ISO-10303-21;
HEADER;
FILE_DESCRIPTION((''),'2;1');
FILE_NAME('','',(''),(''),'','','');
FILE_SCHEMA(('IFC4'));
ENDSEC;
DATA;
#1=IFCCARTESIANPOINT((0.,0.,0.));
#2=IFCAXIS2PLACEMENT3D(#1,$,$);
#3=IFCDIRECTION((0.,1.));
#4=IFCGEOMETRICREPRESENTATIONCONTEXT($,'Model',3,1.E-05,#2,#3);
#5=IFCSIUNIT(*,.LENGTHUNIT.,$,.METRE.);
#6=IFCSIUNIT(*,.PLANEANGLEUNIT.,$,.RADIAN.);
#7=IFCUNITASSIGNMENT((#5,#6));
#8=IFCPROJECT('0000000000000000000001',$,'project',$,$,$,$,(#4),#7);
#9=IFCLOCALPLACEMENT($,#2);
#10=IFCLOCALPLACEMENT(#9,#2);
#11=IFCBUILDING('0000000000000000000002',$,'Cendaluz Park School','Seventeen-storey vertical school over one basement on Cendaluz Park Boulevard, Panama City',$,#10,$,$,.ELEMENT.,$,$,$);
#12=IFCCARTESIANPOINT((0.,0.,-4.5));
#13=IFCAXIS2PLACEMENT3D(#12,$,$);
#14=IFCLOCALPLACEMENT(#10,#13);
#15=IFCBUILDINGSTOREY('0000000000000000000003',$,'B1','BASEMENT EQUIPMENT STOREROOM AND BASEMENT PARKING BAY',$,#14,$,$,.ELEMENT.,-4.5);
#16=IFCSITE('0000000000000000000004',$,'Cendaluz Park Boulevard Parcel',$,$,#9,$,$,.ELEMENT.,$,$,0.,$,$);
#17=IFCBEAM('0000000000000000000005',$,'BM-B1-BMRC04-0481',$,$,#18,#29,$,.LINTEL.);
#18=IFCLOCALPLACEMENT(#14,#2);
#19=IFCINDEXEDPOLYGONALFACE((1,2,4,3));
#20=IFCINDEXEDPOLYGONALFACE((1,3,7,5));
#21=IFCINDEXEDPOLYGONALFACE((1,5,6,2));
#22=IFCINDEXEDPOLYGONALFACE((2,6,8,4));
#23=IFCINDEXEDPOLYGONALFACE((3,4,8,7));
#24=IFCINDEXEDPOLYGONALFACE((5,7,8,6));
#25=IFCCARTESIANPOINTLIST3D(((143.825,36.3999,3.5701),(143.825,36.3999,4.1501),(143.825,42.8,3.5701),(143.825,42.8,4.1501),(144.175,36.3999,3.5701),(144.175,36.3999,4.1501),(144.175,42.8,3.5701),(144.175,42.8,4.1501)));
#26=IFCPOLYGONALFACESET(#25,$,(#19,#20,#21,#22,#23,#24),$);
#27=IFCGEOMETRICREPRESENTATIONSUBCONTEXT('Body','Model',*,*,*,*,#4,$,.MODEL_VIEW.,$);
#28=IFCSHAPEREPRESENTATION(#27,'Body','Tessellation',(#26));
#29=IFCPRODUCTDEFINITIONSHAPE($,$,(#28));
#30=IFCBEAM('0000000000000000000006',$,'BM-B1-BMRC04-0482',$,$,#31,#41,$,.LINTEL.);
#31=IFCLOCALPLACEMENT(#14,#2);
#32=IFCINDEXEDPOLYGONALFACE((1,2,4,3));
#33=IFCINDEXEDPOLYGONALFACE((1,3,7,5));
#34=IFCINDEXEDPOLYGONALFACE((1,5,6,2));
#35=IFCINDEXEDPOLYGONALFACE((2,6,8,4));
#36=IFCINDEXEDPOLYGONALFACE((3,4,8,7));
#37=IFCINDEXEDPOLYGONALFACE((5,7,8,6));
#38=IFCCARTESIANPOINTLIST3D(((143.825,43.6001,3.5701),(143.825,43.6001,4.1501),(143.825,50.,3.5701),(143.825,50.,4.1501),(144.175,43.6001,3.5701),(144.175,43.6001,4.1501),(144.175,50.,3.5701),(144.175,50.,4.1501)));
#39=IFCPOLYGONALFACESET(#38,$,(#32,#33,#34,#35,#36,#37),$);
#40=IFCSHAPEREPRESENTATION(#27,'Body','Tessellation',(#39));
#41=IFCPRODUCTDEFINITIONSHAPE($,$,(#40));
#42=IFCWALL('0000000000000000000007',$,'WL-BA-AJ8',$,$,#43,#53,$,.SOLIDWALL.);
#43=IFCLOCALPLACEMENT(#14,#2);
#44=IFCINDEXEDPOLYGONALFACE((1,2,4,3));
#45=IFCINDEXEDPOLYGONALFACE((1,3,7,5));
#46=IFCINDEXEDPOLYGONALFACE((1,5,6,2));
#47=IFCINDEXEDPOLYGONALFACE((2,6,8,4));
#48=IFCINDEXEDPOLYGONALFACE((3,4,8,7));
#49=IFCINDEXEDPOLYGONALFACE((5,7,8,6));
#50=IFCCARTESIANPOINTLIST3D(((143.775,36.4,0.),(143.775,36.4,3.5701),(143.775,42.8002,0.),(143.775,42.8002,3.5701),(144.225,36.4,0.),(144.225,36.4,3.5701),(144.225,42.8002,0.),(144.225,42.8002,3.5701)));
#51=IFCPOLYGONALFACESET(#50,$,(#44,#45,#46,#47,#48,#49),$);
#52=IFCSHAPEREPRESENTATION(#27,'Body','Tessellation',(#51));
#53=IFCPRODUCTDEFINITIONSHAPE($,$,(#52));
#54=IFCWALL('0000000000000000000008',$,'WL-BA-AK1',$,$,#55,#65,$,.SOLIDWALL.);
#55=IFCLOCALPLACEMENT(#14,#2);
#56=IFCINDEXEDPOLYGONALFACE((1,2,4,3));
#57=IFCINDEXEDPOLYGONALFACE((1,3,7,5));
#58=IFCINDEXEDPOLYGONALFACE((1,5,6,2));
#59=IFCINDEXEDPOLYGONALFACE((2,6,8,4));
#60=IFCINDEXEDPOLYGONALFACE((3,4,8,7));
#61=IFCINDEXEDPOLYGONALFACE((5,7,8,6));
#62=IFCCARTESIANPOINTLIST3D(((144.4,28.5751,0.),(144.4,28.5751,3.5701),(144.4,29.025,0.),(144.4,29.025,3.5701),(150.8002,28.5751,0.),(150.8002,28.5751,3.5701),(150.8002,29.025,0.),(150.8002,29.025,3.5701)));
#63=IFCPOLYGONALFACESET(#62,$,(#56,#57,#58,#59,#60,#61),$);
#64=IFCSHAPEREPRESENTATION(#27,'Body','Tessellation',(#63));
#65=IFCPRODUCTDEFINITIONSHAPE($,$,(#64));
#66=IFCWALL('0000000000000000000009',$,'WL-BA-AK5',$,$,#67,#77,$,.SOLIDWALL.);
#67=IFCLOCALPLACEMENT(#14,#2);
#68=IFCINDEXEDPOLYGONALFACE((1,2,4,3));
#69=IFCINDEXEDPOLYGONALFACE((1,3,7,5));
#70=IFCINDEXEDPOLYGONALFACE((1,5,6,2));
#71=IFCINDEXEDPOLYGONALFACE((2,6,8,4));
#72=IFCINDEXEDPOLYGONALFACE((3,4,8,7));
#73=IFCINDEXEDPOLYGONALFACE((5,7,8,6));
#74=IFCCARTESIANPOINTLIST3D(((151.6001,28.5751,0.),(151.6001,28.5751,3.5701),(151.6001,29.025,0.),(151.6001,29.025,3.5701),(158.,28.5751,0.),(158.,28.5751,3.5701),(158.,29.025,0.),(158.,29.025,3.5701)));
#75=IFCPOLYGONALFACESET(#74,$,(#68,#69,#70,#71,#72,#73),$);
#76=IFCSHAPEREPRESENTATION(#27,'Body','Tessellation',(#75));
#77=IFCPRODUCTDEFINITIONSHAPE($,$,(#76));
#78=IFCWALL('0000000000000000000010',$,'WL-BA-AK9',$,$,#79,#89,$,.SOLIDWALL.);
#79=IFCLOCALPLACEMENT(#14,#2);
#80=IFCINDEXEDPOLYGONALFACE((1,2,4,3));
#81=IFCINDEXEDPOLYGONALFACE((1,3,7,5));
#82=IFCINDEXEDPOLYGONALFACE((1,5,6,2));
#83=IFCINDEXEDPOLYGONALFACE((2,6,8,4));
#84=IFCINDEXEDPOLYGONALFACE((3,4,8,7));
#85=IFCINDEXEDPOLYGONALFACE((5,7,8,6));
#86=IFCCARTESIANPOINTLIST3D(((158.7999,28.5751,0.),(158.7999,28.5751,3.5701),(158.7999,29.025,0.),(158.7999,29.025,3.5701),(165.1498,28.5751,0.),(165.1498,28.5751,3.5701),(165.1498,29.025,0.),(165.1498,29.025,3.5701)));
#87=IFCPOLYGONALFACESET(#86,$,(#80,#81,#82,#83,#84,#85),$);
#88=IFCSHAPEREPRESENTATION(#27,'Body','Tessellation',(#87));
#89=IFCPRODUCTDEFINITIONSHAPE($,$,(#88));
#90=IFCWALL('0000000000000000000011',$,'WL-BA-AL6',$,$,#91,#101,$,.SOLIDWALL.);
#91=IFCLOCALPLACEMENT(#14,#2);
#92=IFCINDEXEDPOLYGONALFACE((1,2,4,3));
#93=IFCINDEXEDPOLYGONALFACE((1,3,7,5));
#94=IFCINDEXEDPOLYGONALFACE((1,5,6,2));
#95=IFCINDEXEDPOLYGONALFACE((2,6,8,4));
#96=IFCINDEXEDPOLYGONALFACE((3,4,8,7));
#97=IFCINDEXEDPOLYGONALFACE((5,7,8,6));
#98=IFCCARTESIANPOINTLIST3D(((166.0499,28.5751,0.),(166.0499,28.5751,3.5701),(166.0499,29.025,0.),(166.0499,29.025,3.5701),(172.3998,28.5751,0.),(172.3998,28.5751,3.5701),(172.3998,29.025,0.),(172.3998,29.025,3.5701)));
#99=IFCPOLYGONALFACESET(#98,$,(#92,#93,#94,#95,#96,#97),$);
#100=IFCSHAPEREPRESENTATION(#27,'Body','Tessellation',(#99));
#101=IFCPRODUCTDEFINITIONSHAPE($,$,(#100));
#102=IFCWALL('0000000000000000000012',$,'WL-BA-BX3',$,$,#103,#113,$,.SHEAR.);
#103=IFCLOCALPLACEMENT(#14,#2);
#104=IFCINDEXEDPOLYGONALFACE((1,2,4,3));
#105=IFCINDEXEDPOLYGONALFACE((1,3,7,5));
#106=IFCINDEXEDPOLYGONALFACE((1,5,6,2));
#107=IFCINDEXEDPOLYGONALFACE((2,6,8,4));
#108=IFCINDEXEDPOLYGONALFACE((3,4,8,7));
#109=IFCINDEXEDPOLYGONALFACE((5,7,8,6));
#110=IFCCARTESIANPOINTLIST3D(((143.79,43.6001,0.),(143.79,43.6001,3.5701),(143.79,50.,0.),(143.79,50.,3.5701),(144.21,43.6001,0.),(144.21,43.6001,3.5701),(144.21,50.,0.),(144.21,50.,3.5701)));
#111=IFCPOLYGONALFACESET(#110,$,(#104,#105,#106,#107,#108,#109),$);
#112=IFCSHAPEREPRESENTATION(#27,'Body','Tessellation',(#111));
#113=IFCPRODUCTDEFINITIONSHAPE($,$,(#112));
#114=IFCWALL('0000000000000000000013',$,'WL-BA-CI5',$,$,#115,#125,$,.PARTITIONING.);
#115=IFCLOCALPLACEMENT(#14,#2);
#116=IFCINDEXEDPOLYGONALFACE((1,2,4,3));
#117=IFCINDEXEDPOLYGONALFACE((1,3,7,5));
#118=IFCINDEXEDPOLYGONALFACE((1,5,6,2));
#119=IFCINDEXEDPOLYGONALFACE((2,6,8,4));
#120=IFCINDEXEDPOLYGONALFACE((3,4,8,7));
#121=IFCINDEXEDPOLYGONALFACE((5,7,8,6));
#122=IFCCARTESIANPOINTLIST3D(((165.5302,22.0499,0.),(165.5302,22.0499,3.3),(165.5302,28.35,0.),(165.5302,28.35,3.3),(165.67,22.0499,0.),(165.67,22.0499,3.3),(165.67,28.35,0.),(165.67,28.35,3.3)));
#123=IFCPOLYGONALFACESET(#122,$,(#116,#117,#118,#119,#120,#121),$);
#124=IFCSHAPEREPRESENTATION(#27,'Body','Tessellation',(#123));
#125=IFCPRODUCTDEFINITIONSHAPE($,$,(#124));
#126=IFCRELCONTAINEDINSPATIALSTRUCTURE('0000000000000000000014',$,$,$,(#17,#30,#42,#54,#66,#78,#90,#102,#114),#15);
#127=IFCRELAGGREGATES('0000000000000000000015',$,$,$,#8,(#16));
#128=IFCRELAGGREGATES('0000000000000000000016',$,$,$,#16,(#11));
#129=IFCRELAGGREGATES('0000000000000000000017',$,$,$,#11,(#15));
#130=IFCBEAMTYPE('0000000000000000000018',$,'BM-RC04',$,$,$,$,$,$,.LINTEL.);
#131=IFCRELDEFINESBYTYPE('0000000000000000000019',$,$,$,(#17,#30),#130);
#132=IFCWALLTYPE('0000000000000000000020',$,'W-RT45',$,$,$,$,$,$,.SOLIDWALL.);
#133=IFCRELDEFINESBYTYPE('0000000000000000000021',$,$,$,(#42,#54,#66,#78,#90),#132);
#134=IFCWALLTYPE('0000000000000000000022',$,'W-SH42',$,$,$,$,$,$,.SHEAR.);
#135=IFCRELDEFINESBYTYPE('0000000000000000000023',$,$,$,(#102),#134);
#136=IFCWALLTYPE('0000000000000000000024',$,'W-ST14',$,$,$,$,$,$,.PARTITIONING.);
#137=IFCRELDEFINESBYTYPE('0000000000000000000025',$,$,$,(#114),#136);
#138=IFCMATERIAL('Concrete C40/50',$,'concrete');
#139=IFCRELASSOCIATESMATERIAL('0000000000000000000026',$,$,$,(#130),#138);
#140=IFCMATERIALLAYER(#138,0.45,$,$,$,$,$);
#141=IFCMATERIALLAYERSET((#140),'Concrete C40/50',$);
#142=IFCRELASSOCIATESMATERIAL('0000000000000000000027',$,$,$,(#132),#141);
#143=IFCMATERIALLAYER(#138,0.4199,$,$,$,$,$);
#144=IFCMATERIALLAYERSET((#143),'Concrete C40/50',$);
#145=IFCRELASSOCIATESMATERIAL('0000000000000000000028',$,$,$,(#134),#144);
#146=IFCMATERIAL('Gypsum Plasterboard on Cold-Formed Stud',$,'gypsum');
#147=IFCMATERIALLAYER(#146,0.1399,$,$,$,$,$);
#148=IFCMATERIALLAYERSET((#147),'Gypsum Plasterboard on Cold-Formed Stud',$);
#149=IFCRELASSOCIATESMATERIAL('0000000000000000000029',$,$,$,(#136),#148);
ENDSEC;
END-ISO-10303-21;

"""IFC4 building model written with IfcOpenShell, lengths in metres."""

from ifc_helpers import new_model, si_unit, direction, frame, frame_2d, origin, origin_2d, place, context, subcontext, project, spatial, rectangle, extrude, material, layer, layer_set, material_profile, profile_set, type_object, element, save


model = new_model("IFC4")

# Units and contexts
model_context = context("Model", 3, precision=1e-05, world=origin(), true_north=direction((0.0, 1.0)))
body_context = subcontext(model_context, "Body", "Model", "MODEL_VIEW")
ifc_project = project(units=[si_unit("LENGTHUNIT", "METRE"), si_unit("PLANEANGLEUNIT", "RADIAN")], contexts=[model_context])

# Site, building, storey
site_placement = place(None, origin())
site = spatial("IfcSite", under=ifc_project, at=site_placement, Name="Cendaluz Park Boulevard Parcel", CompositionType="ELEMENT", RefElevation=0.0)
building_placement = place(site_placement, origin())
building = spatial("IfcBuilding", under=site, at=building_placement, Name="Cendaluz Park School", Description="Seventeen-storey vertical school over one basement on Cendaluz Park Boulevard, Panama City", CompositionType="ELEMENT")
storey_placement = place(building_placement, frame((0.0, 0.0, -4.5)))
storey = spatial("IfcBuildingStorey", under=building, at=storey_placement, Name="B1", Description="BASEMENT EQUIPMENT STOREROOM AND BASEMENT PARKING BAY", CompositionType="ELEMENT", Elevation=-4.5)

# Shared definitions
ifc_material_1 = material(Name="Concrete C40/50", Category="concrete")

# Beams
ifc_material_profile_1 = material_profile(ifc_material_1, rectangle(XDim=0.3501, YDim=0.5801, at=origin_2d()), Name="RC 350x580", Category="concrete")
ifc_profile_set_1 = profile_set([ifc_material_profile_1], Name="Concrete C40/50")
beam_type_1 = type_object("IfcBeamType", Name="BM-RC04", PredefinedType="LINTEL", material=ifc_profile_set_1)
beam_1_placement = place(storey_placement, frame((144.0, 36.3999, 3.8601), z_axis=(0.0, 1.0, 0.0), x_axis=(-1.0, 0.0, 0.0)))
element("IfcBeam", 1, at=beam_1_placement, inside=storey, type_object=beam_type_1, Name="BM-B1-BMRC04-0481", PredefinedType="LINTEL", context=body_context, shape_type="SweptSolid", body=[
    extrude(rectangle(XDim=0.3501, YDim=0.5801, at=origin_2d()), origin(), (0.0, 0.0, 1.0), 6.4001),
])
beam_2_placement = place(storey_placement, frame((144.0, 43.6001, 3.8601), z_axis=(0.0, 1.0, 0.0), x_axis=(-1.0, 0.0, 0.0)))
element("IfcBeam", 2, at=beam_2_placement, inside=storey, type_object=beam_type_1, Name="BM-B1-BMRC04-0482", PredefinedType="LINTEL", context=body_context, shape_type="SweptSolid", body=[
    extrude(rectangle(XDim=0.3501, YDim=0.5801, at=origin_2d()), origin(), (0.0, 0.0, 1.0), 6.3999),
])

# Walls
ifc_layer_1 = layer(ifc_material_1, 0.45)
ifc_layer_set_1 = layer_set([ifc_layer_1], Name="Concrete C40/50")
wall_type_1 = type_object("IfcWallType", Name="W-RT45", PredefinedType="SOLIDWALL", material=ifc_layer_set_1)
for number, where, z_axis, x_axis, name in (
    (3, (144.0, 36.3999, 0.0), (0.0, 0.0, 1.0), (0.0, 1.0, 0.0), "WL-BA-AJ8"),
    (4, (144.3999, 28.8, 0.0), (0.0, 0.0, 1.0), (1.0, 0.0, 0.0), "WL-BA-AK1"),
):
    element("IfcWall", number, at=place(storey_placement, frame(where, z_axis=z_axis, x_axis=x_axis)), inside=storey, type_object=wall_type_1, Name=name, PredefinedType="SOLIDWALL", context=body_context, shape_type="SweptSolid", body=[
        extrude(rectangle(XDim=6.4001, YDim=0.45, at=frame_2d((3.2002, 0.0))), origin(), (0.0, 0.0, 1.0), 3.5701),
    ])
wall_1_placement = place(storey_placement, frame((151.6001, 28.8, 0.0), z_axis=(0.0, 0.0, 1.0), x_axis=(1.0, 0.0, 0.0)))
element("IfcWall", 5, at=wall_1_placement, inside=storey, type_object=wall_type_1, Name="WL-BA-AK5", PredefinedType="SOLIDWALL", context=body_context, shape_type="SweptSolid", body=[
    extrude(rectangle(XDim=6.3999, YDim=0.45, at=frame_2d((3.2, 0.0))), origin(), (0.0, 0.0, 1.0), 3.5701),
])
for number, where, z_axis, x_axis, name in (
    (6, (158.8, 28.8, 0.0), (0.0, 0.0, 1.0), (1.0, 0.0, 0.0), "WL-BA-AK9"),
    (7, (166.05, 28.8, 0.0), (0.0, 0.0, 1.0), (1.0, 0.0, 0.0), "WL-BA-AL6"),
):
    element("IfcWall", number, at=place(storey_placement, frame(where, z_axis=z_axis, x_axis=x_axis)), inside=storey, type_object=wall_type_1, Name=name, PredefinedType="SOLIDWALL", context=body_context, shape_type="SweptSolid", body=[
        extrude(rectangle(XDim=6.3499, YDim=0.45, at=frame_2d((3.1748, 0.0))), origin(), (0.0, 0.0, 1.0), 3.5701),
    ])
ifc_layer_2 = layer(ifc_material_1, 0.4199)
ifc_layer_set_2 = layer_set([ifc_layer_2], Name="Concrete C40/50")
wall_type_2 = type_object("IfcWallType", Name="W-SH42", PredefinedType="SHEAR", material=ifc_layer_set_2)
wall_2_placement = place(storey_placement, frame((144.0, 43.6001, 0.0), z_axis=(0.0, 0.0, 1.0), x_axis=(0.0, 1.0, 0.0)))
element("IfcWall", 8, at=wall_2_placement, inside=storey, type_object=wall_type_2, Name="WL-BA-BX3", PredefinedType="SHEAR", context=body_context, shape_type="SweptSolid", body=[
    extrude(rectangle(XDim=6.3999, YDim=0.4199, at=frame_2d((3.2, 0.0))), origin(), (0.0, 0.0, 1.0), 3.5701),
])
ifc_material_2 = material(Name="Gypsum Plasterboard on Cold-Formed Stud", Category="gypsum")
ifc_layer_3 = layer(ifc_material_2, 0.1399)
ifc_layer_set_3 = layer_set([ifc_layer_3], Name="Gypsum Plasterboard on Cold-Formed Stud")
wall_type_3 = type_object("IfcWallType", Name="W-ST14", PredefinedType="PARTITIONING", material=ifc_layer_set_3)
wall_3_placement = place(storey_placement, frame((165.6001, 22.05, 0.0), z_axis=(0.0, 0.0, 1.0), x_axis=(0.0, 1.0, 0.0)))
element("IfcWall", 9, at=wall_3_placement, inside=storey, type_object=wall_type_3, Name="WL-BA-CI5", PredefinedType="PARTITIONING", context=body_context, shape_type="SweptSolid", body=[
    extrude(rectangle(XDim=6.3, YDim=0.1399, at=frame_2d((3.1499, 0.0))), origin(), (0.0, 0.0, 1.0), 3.3),
])

save(model, "model.ifc")
